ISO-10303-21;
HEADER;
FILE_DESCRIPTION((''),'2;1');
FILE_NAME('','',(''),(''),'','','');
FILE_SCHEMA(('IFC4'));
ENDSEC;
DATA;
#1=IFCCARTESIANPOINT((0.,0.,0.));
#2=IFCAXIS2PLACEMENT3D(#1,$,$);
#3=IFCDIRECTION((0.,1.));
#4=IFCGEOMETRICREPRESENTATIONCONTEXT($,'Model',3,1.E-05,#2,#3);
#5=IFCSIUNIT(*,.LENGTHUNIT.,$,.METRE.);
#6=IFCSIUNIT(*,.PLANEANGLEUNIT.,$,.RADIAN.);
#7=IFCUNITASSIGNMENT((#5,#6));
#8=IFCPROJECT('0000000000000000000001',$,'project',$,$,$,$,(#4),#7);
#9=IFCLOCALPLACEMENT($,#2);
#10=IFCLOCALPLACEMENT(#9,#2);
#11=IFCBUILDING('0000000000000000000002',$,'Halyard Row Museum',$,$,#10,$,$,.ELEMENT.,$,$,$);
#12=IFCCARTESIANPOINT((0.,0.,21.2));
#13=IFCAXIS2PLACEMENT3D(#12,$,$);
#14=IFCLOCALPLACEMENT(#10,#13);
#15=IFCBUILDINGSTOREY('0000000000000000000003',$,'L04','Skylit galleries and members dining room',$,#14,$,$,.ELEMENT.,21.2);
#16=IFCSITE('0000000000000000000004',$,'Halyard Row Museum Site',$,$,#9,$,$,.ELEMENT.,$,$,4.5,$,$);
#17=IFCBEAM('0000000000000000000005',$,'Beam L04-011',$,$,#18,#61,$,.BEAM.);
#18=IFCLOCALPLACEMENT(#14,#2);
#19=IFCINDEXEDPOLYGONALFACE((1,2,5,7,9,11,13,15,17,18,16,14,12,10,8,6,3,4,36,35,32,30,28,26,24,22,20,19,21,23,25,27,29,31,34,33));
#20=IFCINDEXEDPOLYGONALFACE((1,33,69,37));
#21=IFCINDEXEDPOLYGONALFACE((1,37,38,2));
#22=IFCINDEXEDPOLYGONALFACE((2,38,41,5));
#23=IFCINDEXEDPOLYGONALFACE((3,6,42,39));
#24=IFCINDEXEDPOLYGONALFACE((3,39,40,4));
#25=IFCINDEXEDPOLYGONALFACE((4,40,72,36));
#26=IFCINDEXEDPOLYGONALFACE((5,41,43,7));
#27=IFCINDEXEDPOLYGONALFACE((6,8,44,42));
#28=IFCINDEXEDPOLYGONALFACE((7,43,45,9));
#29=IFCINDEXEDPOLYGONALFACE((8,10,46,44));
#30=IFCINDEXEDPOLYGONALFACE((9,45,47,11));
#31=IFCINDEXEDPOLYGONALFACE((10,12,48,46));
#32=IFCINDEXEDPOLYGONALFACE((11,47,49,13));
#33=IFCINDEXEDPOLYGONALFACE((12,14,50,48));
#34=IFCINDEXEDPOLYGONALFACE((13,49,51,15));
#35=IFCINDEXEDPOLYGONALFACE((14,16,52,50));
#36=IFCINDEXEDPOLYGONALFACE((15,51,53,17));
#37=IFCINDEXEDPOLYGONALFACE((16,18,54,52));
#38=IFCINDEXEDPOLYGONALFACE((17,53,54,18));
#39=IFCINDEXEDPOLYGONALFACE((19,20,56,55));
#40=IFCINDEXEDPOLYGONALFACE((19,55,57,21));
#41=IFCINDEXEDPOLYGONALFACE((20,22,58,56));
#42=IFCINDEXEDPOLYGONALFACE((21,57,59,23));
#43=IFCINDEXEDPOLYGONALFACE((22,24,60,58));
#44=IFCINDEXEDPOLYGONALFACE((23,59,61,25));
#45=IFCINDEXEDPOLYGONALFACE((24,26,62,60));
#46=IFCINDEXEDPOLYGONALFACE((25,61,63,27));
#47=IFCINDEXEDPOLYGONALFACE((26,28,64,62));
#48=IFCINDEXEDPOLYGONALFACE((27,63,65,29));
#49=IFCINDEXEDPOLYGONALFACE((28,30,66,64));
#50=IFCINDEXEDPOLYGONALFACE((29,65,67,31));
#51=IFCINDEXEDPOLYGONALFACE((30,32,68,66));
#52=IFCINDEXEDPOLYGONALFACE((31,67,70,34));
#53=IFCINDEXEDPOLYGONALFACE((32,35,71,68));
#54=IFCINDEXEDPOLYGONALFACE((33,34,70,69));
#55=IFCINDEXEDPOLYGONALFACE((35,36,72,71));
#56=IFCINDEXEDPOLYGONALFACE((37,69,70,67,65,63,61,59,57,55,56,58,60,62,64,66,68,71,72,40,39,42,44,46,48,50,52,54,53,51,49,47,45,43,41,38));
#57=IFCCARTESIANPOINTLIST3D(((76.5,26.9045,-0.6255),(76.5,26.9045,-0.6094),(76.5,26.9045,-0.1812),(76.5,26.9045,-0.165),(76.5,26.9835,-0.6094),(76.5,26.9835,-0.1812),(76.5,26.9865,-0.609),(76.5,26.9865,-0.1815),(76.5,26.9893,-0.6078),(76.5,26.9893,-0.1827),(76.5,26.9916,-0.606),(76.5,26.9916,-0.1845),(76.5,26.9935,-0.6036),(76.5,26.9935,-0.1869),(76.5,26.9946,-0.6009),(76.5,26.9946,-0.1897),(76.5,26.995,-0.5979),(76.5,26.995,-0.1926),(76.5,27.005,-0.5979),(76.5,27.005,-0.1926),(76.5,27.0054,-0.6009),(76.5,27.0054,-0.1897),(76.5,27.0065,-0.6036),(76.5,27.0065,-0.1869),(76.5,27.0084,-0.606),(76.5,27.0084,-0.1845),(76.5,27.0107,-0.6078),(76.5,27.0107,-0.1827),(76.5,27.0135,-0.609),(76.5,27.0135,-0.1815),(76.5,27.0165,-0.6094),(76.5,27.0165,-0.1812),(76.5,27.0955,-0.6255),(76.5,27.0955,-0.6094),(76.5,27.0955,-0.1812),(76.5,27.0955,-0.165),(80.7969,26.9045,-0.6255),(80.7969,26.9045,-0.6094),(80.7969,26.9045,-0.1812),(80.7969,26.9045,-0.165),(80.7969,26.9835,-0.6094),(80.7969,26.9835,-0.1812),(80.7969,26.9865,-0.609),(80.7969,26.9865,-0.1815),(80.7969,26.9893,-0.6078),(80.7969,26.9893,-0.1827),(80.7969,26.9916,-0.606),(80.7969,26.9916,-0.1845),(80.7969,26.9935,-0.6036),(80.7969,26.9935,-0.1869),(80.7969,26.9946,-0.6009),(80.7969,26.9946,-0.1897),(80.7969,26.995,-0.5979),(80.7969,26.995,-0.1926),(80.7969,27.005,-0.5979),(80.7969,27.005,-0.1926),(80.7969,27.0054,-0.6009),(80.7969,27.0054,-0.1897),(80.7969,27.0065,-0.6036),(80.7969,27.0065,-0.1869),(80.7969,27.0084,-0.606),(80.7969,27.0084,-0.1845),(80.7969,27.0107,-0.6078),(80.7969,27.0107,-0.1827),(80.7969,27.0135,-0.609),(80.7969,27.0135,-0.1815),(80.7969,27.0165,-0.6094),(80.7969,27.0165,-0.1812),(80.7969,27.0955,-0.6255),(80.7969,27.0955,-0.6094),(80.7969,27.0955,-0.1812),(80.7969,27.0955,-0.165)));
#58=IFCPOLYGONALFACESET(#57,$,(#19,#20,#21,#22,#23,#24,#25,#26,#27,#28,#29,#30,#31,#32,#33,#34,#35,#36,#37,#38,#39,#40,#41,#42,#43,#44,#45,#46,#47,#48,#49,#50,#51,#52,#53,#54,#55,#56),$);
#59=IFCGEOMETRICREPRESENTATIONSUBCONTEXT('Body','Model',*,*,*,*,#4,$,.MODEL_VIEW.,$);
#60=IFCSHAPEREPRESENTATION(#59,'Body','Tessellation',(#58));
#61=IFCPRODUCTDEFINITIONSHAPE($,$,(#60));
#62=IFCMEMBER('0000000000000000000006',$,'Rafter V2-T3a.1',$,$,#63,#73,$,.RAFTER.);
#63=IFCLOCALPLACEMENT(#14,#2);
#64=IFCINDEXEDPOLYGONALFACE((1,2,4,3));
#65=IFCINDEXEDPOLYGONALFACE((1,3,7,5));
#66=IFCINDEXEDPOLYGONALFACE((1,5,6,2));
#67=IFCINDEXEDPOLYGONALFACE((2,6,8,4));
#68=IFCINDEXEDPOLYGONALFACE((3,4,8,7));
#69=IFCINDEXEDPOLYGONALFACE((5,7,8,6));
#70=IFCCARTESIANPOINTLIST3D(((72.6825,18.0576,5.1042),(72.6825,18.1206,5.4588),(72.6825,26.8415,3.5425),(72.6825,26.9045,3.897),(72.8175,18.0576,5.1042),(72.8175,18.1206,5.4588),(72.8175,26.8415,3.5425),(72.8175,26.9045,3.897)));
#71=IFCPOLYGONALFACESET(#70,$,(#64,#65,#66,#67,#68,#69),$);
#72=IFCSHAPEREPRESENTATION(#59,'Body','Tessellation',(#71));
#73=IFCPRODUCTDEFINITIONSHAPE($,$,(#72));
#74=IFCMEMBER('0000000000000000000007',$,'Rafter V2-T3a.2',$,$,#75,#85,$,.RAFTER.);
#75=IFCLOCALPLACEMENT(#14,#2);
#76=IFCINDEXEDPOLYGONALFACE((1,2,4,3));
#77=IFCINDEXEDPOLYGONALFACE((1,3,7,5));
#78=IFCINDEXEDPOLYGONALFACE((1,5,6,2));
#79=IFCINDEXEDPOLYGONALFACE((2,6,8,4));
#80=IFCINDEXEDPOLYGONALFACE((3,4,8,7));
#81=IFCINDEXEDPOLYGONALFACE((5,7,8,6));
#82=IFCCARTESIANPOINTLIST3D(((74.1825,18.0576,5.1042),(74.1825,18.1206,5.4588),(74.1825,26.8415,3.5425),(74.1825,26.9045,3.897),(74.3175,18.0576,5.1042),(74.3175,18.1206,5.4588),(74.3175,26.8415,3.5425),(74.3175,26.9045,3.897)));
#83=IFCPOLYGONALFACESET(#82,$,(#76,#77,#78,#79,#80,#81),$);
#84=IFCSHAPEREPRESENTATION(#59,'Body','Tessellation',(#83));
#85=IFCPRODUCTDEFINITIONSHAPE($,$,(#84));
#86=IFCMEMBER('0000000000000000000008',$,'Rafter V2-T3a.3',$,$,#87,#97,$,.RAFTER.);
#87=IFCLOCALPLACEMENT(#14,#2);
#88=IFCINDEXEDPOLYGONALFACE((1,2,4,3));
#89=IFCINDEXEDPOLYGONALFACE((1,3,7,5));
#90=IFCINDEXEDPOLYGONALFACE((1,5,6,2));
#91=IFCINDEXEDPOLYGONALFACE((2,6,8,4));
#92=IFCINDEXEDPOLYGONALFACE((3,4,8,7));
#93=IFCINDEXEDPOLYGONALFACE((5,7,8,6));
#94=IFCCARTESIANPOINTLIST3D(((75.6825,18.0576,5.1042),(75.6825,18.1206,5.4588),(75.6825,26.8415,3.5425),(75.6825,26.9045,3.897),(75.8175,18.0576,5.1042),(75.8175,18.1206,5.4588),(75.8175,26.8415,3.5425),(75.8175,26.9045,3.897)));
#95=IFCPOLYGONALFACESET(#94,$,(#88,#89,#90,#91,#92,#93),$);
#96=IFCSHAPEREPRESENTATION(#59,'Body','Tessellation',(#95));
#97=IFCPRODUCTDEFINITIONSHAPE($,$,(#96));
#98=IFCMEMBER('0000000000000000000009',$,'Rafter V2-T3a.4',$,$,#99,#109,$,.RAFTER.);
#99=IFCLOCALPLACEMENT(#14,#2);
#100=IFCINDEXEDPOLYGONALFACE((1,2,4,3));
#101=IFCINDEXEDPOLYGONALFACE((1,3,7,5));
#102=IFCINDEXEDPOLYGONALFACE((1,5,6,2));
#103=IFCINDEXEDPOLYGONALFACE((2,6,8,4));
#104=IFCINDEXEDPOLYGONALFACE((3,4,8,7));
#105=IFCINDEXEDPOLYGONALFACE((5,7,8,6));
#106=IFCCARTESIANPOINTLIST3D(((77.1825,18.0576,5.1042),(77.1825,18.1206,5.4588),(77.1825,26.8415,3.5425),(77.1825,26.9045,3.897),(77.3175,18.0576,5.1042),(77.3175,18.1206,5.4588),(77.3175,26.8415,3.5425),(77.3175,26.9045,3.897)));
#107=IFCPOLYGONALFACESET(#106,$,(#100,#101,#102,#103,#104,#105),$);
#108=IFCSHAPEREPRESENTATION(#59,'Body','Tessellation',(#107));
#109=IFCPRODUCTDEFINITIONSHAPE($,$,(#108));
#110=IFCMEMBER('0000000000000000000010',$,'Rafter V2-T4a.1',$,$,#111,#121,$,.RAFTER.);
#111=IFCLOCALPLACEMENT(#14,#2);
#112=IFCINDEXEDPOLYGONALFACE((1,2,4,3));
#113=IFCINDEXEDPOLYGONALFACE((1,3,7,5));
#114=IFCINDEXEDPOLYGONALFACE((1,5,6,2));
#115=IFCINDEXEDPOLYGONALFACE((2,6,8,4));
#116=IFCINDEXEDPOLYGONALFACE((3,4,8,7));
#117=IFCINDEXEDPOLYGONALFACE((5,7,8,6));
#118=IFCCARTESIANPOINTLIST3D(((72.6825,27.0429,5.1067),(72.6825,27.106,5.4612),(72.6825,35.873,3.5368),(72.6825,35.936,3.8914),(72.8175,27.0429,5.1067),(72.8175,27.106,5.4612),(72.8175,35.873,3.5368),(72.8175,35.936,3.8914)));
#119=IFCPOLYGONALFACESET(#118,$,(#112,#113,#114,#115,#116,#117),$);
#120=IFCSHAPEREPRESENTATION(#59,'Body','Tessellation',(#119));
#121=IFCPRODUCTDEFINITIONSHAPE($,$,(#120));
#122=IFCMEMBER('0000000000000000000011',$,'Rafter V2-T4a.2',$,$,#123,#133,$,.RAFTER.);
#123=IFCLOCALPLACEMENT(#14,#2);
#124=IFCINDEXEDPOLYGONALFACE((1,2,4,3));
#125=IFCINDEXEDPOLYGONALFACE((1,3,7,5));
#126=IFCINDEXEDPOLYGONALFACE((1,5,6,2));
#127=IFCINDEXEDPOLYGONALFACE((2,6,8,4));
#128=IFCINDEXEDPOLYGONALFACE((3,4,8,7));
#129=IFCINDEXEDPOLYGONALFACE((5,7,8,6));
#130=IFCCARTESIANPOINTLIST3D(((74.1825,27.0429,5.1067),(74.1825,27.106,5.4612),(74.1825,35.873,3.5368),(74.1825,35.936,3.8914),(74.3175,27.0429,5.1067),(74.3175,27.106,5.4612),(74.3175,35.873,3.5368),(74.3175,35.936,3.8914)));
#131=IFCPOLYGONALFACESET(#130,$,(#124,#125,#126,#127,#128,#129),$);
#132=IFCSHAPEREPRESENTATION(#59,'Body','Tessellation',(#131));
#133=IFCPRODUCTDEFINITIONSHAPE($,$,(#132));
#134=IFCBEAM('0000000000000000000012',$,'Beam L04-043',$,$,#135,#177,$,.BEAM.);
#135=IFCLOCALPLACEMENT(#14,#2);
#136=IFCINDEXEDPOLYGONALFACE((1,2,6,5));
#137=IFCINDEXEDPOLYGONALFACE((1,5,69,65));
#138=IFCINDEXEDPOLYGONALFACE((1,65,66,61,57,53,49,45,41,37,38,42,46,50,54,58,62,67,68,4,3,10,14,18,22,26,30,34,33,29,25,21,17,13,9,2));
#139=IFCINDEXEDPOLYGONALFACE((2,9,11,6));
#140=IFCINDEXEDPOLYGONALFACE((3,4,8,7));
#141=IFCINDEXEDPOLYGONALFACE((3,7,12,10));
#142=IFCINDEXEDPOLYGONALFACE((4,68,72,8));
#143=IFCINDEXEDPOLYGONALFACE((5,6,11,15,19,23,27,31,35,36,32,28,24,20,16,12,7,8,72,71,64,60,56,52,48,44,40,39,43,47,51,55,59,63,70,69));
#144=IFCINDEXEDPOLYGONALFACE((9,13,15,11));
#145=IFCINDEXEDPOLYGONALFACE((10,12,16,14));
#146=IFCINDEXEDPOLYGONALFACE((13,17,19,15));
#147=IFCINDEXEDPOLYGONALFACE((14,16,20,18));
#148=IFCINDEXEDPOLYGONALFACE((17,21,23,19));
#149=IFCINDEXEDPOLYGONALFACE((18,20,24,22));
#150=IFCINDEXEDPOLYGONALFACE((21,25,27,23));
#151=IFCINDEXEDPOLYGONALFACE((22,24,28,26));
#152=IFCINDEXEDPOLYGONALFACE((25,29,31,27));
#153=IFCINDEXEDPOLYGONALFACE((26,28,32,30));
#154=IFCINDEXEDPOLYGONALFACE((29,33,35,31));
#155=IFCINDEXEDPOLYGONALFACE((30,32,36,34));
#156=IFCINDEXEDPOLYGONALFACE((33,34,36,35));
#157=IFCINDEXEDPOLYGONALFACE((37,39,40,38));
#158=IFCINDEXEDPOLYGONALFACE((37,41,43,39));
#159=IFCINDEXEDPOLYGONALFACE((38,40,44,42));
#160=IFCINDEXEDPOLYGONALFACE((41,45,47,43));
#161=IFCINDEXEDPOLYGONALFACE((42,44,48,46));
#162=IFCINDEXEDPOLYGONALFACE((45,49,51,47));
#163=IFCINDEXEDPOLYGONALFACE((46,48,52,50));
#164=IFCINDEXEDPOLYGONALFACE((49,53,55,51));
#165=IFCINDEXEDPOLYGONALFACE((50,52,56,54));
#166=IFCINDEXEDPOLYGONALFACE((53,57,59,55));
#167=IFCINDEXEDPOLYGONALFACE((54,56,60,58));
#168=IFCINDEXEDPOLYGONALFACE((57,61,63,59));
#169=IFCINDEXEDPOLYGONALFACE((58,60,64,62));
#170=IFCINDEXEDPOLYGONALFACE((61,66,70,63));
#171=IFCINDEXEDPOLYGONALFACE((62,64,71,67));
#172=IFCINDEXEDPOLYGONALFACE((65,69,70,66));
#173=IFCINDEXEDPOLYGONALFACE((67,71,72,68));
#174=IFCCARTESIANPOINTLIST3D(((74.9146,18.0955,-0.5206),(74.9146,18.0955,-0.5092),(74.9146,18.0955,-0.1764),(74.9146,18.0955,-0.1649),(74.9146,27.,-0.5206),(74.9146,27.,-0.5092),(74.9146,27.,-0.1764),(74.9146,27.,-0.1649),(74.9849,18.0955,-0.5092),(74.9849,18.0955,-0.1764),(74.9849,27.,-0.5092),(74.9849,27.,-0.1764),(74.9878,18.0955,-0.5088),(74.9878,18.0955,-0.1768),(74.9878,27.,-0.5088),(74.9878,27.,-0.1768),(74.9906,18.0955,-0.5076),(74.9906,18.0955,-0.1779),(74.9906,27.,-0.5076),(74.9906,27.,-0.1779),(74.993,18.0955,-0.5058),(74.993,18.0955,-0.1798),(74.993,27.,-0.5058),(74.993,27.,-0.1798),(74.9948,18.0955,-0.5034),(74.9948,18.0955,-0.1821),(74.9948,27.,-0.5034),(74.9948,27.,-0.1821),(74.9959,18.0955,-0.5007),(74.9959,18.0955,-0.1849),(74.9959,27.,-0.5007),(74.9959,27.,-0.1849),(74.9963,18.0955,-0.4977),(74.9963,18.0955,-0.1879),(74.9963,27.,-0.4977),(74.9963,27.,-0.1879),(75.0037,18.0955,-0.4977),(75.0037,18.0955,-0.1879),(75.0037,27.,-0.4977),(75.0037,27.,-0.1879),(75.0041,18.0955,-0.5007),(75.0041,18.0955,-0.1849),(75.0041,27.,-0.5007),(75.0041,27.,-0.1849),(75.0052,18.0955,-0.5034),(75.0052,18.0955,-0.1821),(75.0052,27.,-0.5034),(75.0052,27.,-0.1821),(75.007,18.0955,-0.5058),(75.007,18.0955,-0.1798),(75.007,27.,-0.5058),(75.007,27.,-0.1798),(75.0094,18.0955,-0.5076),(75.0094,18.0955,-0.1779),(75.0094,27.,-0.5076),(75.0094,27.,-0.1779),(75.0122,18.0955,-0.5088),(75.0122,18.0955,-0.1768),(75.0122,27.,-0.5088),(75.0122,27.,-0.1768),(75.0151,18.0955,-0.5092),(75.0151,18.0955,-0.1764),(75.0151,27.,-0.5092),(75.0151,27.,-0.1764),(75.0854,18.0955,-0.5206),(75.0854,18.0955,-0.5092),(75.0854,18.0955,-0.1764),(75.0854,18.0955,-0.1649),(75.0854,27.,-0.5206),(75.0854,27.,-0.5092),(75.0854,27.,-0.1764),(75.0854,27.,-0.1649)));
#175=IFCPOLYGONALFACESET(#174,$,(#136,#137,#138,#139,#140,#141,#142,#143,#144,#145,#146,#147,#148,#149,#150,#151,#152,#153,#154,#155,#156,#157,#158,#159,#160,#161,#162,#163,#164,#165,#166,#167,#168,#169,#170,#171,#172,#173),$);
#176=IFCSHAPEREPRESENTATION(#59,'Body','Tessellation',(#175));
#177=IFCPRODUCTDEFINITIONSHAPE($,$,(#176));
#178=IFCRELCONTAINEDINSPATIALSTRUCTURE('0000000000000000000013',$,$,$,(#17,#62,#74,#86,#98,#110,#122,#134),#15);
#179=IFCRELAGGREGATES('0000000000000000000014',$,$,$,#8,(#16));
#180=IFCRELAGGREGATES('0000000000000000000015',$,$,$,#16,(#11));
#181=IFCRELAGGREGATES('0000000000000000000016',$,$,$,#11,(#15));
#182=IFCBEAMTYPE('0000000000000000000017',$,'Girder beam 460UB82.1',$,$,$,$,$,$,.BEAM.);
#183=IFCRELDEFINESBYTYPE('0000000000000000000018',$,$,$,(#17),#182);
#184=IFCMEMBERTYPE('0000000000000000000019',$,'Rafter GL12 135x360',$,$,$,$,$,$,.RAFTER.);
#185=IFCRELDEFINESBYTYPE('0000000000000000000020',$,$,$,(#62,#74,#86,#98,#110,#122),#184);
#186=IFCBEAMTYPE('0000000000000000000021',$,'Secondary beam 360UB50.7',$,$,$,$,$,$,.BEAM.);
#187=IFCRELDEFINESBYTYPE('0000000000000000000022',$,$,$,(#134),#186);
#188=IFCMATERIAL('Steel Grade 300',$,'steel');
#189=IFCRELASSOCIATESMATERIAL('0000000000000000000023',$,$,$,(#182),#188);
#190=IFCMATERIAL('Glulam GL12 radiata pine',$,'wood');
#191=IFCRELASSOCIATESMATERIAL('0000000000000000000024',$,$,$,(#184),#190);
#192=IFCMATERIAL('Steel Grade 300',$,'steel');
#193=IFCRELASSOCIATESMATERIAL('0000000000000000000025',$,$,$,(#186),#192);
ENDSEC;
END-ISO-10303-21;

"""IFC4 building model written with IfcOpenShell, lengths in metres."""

from ifc_helpers import new_model, si_unit, direction, frame, origin, origin_2d, place, context, subcontext, project, spatial, rectangle, i_section, extrude, material, material_profile, profile_set, type_object, element, save


model = new_model("IFC4")

# Units and contexts
model_context = context("Model", 3, precision=1e-05, world=origin(), true_north=direction((0.0, 1.0)))
body_context = subcontext(model_context, "Body", "Model", "MODEL_VIEW")
ifc_project = project(units=[si_unit("LENGTHUNIT", "METRE"), si_unit("PLANEANGLEUNIT", "RADIAN")], contexts=[model_context])

# Site, building, storey
site_placement = place(None, origin())
site = spatial("IfcSite", under=ifc_project, at=site_placement, Name="Halyard Row Museum Site", CompositionType="ELEMENT", RefElevation=4.5)
building_placement = place(site_placement, origin())
building = spatial("IfcBuilding", under=site, at=building_placement, Name="Halyard Row Museum", CompositionType="ELEMENT")
storey_placement = place(building_placement, frame((0.0, 0.0, 21.2)))
storey = spatial("IfcBuildingStorey", under=building, at=storey_placement, Name="L04", Description="Skylit galleries and members dining room", CompositionType="ELEMENT", Elevation=21.2)

# Beam
ifc_material_1 = material(Name="Steel Grade 300", Category="steel")
ifc_material_profile_1 = material_profile(ifc_material_1, i_section(OverallWidth=0.1909, OverallDepth=0.4604, WebThickness=0.01, FlangeThickness=0.0161, FilletRadius=0.0115, at=origin_2d()), Name="460UB82.1")
ifc_profile_set_1 = profile_set([ifc_material_profile_1], Name="Steel Grade 300")
beam_type_1 = type_object("IfcBeamType", Name="Girder beam 460UB82.1", PredefinedType="BEAM", material=ifc_profile_set_1)
beam_1_placement = place(storey_placement, frame((76.5, 27.0, -0.3953), z_axis=(1.0, 0.0, 0.0), x_axis=(0.0, 1.0, 0.0)))
element("IfcBeam", 1, at=beam_1_placement, inside=storey, type_object=beam_type_1, Name="Beam L04-011", PredefinedType="BEAM", context=body_context, shape_type="SweptSolid", body=[
    extrude(i_section(OverallWidth=0.1909, OverallDepth=0.4604, WebThickness=0.01, FlangeThickness=0.0161, FilletRadius=0.0115, at=origin_2d()), origin(), (0.0, 0.0, 1.0), 4.2969),
])

# Members
ifc_material_2 = material(Name="Glulam GL12 radiata pine", Category="wood")
ifc_material_profile_2 = material_profile(ifc_material_2, rectangle(XDim=0.135, YDim=0.3601, at=origin_2d()), Name="GL12 135x360")
ifc_profile_set_2 = profile_set([ifc_material_profile_2], Name="Glulam GL12 radiata pine")
member_type_1 = type_object("IfcMemberType", Name="Rafter GL12 135x360", PredefinedType="RAFTER", material=ifc_profile_set_2)
for number, where, z_axis, x_axis, name in (
    (2, (72.75, 18.0891, 5.2815), (0.0, 0.984559, -0.175053), (-1.0, 0.0, 0.0), "Rafter V2-T3a.1"),
    (3, (74.25, 18.0891, 5.2815), (0.0, 0.984559, -0.175053), (-1.0, 0.0, 0.0), "Rafter V2-T3a.2"),
    (4, (75.75, 18.0891, 5.2815), (0.0, 0.984559, -0.175053), (-1.0, 0.0, 0.0), "Rafter V2-T3a.3"),
    (5, (77.25, 18.0891, 5.2815), (0.0, 0.984559, -0.175053), (-1.0, 0.0, 0.0), "Rafter V2-T3a.4"),
):
    element("IfcMember", number, at=place(storey_placement, frame(where, z_axis=z_axis, x_axis=x_axis)), inside=storey, type_object=member_type_1, Name=name, PredefinedType="RAFTER", context=body_context, shape_type="SweptSolid", body=[
        extrude(rectangle(XDim=0.135, YDim=0.3601, at=origin_2d()), origin(), (0.0, 0.0, 1.0), 8.9216),
    ])
for number, where, z_axis, x_axis, name in (
    (6, (72.75, 27.0745, 5.2839), (0.0, 0.984562, -0.175037), (-1.0, 0.0, 0.0), "Rafter V2-T4a.1"),
    (7, (74.25, 27.0745, 5.2839), (0.0, 0.984562, -0.175037), (-1.0, 0.0, 0.0), "Rafter V2-T4a.2"),
):
    element("IfcMember", number, at=place(storey_placement, frame(where, z_axis=z_axis, x_axis=x_axis)), inside=storey, type_object=member_type_1, Name=name, PredefinedType="RAFTER", context=body_context, shape_type="SweptSolid", body=[
        extrude(rectangle(XDim=0.135, YDim=0.3601, at=origin_2d()), origin(), (0.0, 0.0, 1.0), 8.9685),
    ])

# Beam
ifc_material_3 = material(Name="Steel Grade 300", Category="steel")
ifc_material_profile_3 = material_profile(ifc_material_3, i_section(OverallWidth=0.1709, OverallDepth=0.3557, WebThickness=0.0073, FlangeThickness=0.0115, FilletRadius=0.0115, at=origin_2d()), Name="360UB50.7")
ifc_profile_set_3 = profile_set([ifc_material_profile_3], Name="Steel Grade 300")
beam_type_2 = type_object("IfcBeamType", Name="Secondary beam 360UB50.7", PredefinedType="BEAM", material=ifc_profile_set_3)
beam_2_placement = place(storey_placement, frame((75.0, 18.0955, -0.3428), z_axis=(0.0, 1.0, 0.0), x_axis=(-1.0, 0.0, 0.0)))
element("IfcBeam", 8, at=beam_2_placement, inside=storey, type_object=beam_type_2, Name="Beam L04-043", PredefinedType="BEAM", context=body_context, shape_type="SweptSolid", body=[
    extrude(i_section(OverallWidth=0.1709, OverallDepth=0.3557, WebThickness=0.0073, FlangeThickness=0.0115, FilletRadius=0.0115, at=origin_2d()), origin(), (0.0, 0.0, 1.0), 8.9045),
])

save(model, "model.ifc")
